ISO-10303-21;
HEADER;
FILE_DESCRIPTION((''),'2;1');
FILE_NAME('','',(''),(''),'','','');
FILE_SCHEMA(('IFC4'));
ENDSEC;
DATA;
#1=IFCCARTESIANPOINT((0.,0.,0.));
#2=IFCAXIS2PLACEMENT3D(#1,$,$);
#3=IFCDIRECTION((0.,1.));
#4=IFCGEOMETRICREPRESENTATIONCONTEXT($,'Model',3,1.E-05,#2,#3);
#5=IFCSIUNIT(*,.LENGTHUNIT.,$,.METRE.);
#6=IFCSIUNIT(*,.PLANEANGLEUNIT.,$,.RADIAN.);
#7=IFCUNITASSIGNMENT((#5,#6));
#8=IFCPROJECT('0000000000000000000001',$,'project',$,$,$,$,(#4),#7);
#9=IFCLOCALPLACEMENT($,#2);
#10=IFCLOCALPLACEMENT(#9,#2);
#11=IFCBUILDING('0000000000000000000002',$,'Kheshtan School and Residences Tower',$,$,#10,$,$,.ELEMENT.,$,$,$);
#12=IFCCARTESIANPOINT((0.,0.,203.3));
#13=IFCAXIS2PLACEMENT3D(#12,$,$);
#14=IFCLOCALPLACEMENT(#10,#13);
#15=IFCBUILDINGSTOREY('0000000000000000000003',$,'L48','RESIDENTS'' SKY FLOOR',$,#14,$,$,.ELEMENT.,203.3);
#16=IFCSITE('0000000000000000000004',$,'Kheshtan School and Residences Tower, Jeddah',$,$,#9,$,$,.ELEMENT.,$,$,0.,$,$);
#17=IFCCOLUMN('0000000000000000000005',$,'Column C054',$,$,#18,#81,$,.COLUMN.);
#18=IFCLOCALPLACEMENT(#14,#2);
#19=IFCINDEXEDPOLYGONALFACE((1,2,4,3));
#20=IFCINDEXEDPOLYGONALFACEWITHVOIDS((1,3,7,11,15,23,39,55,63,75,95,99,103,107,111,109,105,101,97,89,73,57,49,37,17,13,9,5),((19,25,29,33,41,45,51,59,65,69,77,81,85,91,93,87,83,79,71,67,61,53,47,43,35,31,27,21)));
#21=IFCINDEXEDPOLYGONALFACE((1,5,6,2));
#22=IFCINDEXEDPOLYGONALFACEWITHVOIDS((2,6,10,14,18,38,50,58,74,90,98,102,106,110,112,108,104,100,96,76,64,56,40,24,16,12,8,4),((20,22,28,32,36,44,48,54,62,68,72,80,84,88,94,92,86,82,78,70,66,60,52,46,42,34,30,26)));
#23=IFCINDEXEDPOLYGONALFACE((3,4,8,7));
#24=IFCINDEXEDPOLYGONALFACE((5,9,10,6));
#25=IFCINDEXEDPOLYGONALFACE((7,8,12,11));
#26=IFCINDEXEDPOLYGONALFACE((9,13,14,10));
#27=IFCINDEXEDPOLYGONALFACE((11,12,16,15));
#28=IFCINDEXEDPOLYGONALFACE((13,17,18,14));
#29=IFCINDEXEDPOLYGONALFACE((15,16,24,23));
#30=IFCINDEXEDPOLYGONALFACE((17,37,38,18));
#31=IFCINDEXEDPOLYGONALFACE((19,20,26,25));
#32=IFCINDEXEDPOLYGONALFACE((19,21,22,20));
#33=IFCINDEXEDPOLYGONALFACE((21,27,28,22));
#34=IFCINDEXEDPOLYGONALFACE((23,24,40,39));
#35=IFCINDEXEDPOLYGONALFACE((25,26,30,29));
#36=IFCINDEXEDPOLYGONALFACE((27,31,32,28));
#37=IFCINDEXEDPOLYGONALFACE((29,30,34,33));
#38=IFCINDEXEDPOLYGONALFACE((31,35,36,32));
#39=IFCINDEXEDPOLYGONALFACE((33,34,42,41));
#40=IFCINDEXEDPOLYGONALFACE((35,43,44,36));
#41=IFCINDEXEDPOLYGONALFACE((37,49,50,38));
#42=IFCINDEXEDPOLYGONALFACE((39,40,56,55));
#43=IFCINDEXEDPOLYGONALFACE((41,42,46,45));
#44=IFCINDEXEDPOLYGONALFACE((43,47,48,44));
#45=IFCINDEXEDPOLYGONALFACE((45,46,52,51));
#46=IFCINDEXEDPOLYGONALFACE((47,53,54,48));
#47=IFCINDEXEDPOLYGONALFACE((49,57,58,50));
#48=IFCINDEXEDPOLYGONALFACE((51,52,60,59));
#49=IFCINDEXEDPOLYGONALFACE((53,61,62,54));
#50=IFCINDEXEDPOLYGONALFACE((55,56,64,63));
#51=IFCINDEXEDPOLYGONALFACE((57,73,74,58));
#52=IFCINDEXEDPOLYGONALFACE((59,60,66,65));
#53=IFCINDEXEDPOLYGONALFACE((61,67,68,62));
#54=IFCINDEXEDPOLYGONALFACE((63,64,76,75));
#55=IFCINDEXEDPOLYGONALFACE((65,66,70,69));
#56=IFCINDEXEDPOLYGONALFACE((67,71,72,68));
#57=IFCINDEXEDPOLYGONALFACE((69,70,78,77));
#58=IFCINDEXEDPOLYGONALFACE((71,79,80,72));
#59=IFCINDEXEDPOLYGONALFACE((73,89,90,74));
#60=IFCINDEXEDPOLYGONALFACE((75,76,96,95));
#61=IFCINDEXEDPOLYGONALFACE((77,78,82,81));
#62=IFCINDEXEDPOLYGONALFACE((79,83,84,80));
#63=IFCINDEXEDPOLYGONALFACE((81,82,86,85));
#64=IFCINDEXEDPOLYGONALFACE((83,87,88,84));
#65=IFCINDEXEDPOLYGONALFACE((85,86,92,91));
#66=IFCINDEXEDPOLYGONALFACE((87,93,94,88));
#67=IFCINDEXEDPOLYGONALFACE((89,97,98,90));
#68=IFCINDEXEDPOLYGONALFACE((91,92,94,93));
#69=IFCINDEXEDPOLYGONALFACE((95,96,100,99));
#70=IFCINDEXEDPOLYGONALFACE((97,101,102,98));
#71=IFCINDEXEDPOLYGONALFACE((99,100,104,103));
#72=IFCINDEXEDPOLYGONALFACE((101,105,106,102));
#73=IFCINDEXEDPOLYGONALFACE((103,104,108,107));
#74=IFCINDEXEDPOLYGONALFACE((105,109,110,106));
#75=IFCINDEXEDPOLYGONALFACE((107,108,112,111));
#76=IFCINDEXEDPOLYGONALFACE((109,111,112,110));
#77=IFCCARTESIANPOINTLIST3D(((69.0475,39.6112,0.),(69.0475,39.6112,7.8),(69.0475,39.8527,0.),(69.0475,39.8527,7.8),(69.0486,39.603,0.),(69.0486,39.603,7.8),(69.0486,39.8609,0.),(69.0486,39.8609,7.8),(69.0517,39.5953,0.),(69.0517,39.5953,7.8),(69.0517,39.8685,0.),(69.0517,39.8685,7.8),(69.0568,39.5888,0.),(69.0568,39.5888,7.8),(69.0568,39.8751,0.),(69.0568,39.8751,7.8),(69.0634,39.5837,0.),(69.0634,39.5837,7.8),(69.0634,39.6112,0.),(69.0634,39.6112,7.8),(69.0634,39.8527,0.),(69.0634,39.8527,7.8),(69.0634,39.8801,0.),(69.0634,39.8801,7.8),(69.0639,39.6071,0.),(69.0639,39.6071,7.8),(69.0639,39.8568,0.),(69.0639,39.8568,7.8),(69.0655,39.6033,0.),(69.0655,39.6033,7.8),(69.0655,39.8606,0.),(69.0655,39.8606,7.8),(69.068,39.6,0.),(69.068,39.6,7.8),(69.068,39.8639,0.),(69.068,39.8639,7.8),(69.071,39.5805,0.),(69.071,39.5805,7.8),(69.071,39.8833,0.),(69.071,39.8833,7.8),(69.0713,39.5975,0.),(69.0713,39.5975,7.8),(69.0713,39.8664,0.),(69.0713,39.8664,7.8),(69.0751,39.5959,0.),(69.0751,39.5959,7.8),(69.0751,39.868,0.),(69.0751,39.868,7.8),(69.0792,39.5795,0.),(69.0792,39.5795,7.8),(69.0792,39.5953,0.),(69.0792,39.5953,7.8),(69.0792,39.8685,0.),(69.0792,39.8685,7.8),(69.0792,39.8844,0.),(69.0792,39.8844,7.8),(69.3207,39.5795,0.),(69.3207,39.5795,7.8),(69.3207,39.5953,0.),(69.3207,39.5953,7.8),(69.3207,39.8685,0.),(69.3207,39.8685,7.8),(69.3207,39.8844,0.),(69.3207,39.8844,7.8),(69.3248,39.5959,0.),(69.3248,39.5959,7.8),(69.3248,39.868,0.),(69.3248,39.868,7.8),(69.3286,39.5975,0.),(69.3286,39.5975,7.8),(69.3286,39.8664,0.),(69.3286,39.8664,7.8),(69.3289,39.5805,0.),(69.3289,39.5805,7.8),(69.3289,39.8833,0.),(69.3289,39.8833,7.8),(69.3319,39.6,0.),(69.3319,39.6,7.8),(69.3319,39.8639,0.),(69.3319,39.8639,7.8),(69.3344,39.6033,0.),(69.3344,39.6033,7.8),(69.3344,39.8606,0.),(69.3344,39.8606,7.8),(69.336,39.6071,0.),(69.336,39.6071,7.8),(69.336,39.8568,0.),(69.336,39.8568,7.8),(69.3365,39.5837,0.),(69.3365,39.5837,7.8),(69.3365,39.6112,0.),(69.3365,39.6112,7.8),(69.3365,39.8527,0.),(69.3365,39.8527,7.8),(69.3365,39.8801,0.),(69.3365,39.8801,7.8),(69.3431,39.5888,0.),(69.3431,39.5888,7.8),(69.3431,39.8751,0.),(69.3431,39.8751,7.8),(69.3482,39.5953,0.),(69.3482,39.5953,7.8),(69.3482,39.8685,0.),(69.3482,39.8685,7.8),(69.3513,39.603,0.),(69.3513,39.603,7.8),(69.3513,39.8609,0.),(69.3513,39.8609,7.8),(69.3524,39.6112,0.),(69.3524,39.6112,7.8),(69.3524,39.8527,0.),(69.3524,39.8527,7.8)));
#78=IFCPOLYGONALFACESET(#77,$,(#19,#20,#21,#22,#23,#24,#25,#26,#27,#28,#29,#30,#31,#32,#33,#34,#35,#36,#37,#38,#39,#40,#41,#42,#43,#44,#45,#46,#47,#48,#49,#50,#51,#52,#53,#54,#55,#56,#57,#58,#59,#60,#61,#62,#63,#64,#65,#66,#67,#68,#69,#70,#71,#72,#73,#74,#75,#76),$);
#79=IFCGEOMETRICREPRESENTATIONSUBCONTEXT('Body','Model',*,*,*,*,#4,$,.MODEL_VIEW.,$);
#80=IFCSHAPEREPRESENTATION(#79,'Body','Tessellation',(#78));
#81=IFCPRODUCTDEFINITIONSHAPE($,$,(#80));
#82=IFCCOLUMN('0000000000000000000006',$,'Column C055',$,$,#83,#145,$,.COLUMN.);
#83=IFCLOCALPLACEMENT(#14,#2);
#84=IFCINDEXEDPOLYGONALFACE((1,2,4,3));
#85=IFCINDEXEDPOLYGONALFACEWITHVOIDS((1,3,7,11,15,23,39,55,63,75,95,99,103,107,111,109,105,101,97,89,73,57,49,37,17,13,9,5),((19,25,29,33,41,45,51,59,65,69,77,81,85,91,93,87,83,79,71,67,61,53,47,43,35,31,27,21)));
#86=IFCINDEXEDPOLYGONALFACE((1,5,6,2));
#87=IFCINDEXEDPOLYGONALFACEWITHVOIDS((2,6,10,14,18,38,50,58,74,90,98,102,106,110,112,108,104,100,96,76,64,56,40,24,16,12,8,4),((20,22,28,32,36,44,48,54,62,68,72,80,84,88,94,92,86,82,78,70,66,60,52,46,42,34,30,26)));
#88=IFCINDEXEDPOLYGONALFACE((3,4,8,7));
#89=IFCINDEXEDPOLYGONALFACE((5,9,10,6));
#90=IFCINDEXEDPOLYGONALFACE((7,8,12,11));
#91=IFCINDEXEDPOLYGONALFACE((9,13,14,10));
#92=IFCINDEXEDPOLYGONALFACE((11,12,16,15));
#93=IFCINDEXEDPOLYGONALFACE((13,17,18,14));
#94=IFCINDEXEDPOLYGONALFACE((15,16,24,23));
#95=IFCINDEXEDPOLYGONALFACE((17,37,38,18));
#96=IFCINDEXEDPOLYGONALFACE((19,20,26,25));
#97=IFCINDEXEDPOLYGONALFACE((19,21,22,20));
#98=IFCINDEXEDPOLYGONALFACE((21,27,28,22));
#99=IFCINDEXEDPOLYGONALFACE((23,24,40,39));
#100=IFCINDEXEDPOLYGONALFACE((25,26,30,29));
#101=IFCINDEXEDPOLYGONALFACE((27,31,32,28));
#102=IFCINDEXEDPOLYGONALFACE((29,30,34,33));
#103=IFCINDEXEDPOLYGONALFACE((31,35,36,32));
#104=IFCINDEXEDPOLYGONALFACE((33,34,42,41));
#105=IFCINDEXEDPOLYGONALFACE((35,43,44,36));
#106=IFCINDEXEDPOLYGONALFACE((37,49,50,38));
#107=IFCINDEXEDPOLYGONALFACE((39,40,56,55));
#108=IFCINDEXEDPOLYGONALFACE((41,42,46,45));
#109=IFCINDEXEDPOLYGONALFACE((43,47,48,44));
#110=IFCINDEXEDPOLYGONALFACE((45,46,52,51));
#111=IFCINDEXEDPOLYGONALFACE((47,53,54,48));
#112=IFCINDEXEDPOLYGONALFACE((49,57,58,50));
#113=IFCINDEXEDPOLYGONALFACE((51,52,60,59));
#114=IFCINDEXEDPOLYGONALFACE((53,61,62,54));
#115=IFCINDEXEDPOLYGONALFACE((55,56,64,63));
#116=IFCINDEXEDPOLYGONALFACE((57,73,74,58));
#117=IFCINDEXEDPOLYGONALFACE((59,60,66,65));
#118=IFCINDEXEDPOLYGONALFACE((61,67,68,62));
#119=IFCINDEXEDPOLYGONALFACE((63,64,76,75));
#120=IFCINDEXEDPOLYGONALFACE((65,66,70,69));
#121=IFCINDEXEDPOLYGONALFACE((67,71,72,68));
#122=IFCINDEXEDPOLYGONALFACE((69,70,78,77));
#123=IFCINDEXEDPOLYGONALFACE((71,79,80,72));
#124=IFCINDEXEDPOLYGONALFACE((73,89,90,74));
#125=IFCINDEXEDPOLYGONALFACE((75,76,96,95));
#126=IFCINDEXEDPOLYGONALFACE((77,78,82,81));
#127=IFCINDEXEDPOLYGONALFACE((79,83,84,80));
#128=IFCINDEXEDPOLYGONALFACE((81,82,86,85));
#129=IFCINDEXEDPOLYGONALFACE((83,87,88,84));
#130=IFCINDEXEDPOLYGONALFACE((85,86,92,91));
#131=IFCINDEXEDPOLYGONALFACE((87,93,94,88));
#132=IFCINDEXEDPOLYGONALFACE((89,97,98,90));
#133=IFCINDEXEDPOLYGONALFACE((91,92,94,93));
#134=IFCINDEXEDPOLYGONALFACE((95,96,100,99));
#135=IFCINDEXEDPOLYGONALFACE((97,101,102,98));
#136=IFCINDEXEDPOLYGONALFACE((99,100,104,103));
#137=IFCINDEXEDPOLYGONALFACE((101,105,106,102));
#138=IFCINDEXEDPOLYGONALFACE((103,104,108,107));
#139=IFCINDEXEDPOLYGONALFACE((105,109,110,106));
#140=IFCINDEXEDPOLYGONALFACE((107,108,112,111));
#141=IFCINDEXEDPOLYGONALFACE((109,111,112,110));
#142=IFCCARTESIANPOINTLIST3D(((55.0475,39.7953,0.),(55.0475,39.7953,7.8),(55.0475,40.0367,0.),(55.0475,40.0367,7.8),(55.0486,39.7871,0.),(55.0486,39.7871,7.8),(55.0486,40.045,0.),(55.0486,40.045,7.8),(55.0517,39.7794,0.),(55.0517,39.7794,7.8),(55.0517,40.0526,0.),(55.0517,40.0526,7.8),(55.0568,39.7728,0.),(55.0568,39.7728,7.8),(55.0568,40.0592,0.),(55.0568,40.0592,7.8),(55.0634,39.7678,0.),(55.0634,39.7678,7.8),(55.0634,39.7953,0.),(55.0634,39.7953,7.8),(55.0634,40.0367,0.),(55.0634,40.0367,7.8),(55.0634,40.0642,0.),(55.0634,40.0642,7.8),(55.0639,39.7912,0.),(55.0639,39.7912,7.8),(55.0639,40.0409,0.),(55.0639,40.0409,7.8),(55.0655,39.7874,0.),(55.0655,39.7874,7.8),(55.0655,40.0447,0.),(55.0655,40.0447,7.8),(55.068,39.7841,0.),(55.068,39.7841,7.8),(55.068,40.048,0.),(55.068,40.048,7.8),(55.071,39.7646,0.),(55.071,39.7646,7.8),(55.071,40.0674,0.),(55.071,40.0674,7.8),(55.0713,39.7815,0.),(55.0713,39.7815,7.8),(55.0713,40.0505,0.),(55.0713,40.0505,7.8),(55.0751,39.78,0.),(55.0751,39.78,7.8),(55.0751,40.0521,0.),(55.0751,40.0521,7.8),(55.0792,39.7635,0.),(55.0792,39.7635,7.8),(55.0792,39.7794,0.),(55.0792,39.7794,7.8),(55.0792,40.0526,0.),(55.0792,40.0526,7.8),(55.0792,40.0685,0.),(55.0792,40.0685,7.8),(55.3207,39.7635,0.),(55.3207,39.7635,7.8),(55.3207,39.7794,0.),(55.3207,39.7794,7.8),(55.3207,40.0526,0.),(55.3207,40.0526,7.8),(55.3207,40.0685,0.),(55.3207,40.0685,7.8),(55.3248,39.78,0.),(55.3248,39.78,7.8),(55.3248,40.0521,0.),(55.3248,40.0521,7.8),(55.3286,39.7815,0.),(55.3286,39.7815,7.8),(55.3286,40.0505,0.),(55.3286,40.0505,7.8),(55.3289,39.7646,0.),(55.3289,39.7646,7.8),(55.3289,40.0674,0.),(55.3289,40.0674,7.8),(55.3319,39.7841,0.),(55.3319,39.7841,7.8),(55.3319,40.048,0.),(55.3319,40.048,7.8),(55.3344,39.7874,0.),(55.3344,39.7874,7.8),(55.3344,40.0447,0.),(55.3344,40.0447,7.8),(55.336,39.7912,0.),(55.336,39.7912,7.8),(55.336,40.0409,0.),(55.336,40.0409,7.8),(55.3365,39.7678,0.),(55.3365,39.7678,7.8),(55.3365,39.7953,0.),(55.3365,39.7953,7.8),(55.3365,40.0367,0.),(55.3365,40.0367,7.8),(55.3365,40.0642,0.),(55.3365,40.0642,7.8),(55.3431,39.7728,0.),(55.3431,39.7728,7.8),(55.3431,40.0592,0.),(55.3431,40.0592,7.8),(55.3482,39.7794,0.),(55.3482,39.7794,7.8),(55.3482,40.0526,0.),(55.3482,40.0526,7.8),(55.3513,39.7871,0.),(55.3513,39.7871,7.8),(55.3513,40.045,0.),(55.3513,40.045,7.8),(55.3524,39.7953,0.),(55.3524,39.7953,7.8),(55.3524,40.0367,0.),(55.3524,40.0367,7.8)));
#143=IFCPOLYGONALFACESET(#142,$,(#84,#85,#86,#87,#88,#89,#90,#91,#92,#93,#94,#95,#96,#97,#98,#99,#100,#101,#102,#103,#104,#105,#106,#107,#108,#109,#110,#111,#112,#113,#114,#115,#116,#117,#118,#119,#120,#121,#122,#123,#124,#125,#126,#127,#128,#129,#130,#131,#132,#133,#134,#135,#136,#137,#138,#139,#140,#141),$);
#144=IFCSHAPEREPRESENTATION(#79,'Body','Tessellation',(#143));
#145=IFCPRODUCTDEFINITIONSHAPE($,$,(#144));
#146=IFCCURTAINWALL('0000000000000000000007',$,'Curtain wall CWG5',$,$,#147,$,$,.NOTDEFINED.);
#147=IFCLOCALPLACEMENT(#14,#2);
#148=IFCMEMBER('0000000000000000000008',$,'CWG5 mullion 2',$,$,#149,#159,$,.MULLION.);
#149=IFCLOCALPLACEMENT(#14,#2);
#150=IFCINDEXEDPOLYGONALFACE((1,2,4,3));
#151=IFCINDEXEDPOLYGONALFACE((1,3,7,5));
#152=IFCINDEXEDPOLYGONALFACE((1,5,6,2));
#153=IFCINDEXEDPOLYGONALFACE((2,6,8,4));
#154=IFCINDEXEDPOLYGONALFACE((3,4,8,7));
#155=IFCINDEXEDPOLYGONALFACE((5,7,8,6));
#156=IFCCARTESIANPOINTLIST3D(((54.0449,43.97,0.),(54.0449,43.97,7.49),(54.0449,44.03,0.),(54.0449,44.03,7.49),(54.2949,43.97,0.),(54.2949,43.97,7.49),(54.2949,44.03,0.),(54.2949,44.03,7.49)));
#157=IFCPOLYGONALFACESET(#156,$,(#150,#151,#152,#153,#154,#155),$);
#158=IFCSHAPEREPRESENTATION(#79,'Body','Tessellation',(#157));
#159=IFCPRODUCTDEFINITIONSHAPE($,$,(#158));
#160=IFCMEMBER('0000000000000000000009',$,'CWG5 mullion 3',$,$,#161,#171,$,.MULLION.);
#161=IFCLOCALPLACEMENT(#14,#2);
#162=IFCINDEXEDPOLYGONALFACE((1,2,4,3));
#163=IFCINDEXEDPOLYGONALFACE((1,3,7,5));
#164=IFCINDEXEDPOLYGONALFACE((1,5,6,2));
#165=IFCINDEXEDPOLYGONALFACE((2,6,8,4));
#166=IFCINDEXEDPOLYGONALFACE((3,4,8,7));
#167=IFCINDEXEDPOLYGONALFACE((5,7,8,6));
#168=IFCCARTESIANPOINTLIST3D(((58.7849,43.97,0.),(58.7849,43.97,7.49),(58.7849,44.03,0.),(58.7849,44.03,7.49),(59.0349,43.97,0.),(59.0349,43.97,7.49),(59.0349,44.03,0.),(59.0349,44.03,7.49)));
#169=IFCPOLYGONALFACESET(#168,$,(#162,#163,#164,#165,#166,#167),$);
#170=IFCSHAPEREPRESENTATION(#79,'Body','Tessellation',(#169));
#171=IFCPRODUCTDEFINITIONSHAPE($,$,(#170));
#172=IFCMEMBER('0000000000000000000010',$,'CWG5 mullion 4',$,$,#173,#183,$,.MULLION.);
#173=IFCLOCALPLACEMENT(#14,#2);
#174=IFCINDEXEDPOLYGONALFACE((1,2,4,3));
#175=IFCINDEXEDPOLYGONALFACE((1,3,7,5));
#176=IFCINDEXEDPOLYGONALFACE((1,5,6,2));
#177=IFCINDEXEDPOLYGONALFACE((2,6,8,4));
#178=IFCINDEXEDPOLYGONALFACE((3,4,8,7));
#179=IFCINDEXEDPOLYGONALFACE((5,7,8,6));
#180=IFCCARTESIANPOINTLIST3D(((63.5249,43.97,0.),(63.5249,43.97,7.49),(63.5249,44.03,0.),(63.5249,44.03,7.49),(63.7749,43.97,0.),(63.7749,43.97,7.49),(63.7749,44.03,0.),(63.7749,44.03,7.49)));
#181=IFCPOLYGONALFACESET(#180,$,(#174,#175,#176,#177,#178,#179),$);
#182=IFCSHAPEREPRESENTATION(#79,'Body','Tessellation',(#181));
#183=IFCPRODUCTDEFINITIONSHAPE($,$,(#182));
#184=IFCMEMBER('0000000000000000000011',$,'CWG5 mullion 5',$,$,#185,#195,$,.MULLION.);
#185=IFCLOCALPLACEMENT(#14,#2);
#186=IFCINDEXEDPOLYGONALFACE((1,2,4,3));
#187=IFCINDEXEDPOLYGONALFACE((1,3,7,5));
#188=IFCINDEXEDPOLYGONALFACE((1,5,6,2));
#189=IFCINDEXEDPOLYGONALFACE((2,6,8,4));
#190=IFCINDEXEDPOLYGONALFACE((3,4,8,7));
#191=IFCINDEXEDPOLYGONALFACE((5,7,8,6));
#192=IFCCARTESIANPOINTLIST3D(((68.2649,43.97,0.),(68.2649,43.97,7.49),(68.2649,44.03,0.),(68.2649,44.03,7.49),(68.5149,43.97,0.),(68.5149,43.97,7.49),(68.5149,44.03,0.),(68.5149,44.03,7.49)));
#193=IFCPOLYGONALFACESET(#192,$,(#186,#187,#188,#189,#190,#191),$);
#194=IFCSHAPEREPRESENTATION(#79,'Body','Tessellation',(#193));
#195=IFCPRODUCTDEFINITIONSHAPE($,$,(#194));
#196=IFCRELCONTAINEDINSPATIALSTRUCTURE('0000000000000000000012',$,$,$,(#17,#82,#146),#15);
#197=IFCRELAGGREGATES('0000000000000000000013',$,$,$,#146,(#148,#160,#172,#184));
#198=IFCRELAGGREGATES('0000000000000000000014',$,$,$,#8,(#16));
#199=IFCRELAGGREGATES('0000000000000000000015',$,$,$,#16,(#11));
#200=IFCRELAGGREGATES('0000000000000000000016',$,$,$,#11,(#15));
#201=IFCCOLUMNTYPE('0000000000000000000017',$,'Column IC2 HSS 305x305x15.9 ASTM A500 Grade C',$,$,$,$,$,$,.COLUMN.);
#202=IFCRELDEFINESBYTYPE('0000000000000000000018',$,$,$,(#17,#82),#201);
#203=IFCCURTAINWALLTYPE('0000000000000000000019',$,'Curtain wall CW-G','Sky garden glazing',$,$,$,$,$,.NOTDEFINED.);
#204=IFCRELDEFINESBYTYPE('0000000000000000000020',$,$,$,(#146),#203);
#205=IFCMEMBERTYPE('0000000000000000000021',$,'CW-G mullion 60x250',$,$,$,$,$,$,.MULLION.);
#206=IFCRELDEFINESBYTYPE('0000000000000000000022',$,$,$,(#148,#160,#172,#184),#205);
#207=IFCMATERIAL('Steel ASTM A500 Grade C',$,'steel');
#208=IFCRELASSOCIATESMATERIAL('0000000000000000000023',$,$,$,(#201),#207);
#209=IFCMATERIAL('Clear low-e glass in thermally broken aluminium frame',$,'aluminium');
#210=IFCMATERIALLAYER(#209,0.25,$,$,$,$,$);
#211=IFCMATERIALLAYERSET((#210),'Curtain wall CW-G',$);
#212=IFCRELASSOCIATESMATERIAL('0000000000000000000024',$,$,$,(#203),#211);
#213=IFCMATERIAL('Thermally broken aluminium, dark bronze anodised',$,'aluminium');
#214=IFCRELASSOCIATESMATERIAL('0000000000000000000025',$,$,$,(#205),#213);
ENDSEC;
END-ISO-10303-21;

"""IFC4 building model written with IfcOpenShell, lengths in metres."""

from ifc_helpers import new_model, si_unit, direction, frame, origin, origin_2d, place, context, subcontext, project, spatial, rectangle, hollow_rectangle, extrude, material, layer, layer_set, material_profile, profile_set, type_object, element, aggregate, save


model = new_model("IFC4")

# Units and contexts
model_context = context("Model", 3, precision=1e-05, world=origin(), true_north=direction((0.0, 1.0)))
body_context = subcontext(model_context, "Body", "Model", "MODEL_VIEW")
ifc_project = project(units=[si_unit("LENGTHUNIT", "METRE"), si_unit("PLANEANGLEUNIT", "RADIAN")], contexts=[model_context])

# Site, building, storey
site_placement = place(None, origin())
site = spatial("IfcSite", under=ifc_project, at=site_placement, Name="Kheshtan School and Residences Tower, Jeddah", CompositionType="ELEMENT", RefElevation=0.0)
building_placement = place(site_placement, origin())
building = spatial("IfcBuilding", under=site, at=building_placement, Name="Kheshtan School and Residences Tower", CompositionType="ELEMENT")
storey_placement = place(building_placement, frame((0.0, 0.0, 203.3)))
storey = spatial("IfcBuildingStorey", under=building, at=storey_placement, Name="L48", Description="RESIDENTS' SKY FLOOR", CompositionType="ELEMENT", Elevation=203.3)

# Columns
ifc_material_1 = material(Name="Steel ASTM A500 Grade C", Category="steel")
ifc_material_profile_1 = material_profile(ifc_material_1, hollow_rectangle(XDim=0.3049, YDim=0.3049, WallThickness=0.0159, InnerFilletRadius=0.0159, OuterFilletRadius=0.0317, at=origin_2d()), Name="HSS 305x305x15.9")
ifc_profile_set_1 = profile_set([ifc_material_profile_1], Name="Steel ASTM A500 Grade C")
column_type = type_object("IfcColumnType", Name="Column IC2 HSS 305x305x15.9 ASTM A500 Grade C", PredefinedType="COLUMN", material=ifc_profile_set_1)
for number, where, z_axis, x_axis, name in (
    (1, (69.2, 39.7319, 0.0), (0.0, 0.0, 1.0), (1.0, 0.0, 0.0), "Column C054"),
    (2, (55.2, 39.916, 0.0), (0.0, 0.0, 1.0), (1.0, 0.0, 0.0), "Column C055"),
):
    element("IfcColumn", number, at=place(storey_placement, frame(where, z_axis=z_axis, x_axis=x_axis)), inside=storey, type_object=column_type, Name=name, PredefinedType="COLUMN", context=body_context, shape_type="SweptSolid", body=[
        extrude(hollow_rectangle(XDim=0.3049, YDim=0.3049, WallThickness=0.0159, InnerFilletRadius=0.0159, OuterFilletRadius=0.0317, at=origin_2d()), origin(), (0.0, 0.0, 1.0), 7.8),
    ])

# Curtain wall, members
ifc_material_2 = material(Name="Clear low-e glass in thermally broken aluminium frame", Category="aluminium")
ifc_layer_1 = layer(ifc_material_2, 0.25)
ifc_layer_set_1 = layer_set([ifc_layer_1], Name="Curtain wall CW-G")
curtain_wall_type_1 = type_object("IfcCurtainWallType", Name="Curtain wall CW-G", Description="Sky garden glazing", PredefinedType="NOTDEFINED", material=ifc_layer_set_1)
curtain_wall_1_placement = place(storey_placement, origin())
curtain_wall_1 = element("IfcCurtainWall", 3, at=curtain_wall_1_placement, inside=storey, type_object=curtain_wall_type_1, Name="Curtain wall CWG5", PredefinedType="NOTDEFINED")
ifc_material_3 = material(Name="Thermally broken aluminium, dark bronze anodised", Category="aluminium")
ifc_material_profile_2 = material_profile(ifc_material_3, rectangle(XDim=0.0601, YDim=0.25, at=origin_2d()), Name="CW-G mullion 60x250")
ifc_profile_set_2 = profile_set([ifc_material_profile_2], Name="Thermally broken aluminium, dark bronze anodised")
member_type_1 = type_object("IfcMemberType", Name="CW-G mullion 60x250", PredefinedType="MULLION", material=ifc_profile_set_2)
member_1_placement = place(storey_placement, frame((54.1699, 44.0, 0.0), z_axis=(0.0, 0.0, 1.0), x_axis=(0.0, 1.0, 0.0)))
member_1 = element("IfcMember", 4, at=member_1_placement, type_object=member_type_1, Name="CWG5 mullion 2", PredefinedType="MULLION", context=body_context, shape_type="SweptSolid", body=[
    extrude(rectangle(XDim=0.0601, YDim=0.25, at=origin_2d()), origin(), (0.0, 0.0, 1.0), 7.49),
])
member_2_placement = place(storey_placement, frame((58.9099, 44.0, 0.0), z_axis=(0.0, 0.0, 1.0), x_axis=(0.0, 1.0, 0.0)))
member_2 = element("IfcMember", 5, at=member_2_placement, type_object=member_type_1, Name="CWG5 mullion 3", PredefinedType="MULLION", context=body_context, shape_type="SweptSolid", body=[
    extrude(rectangle(XDim=0.0601, YDim=0.25, at=origin_2d()), origin(), (0.0, 0.0, 1.0), 7.49),
])
member_3_placement = place(storey_placement, frame((63.6499, 44.0, 0.0), z_axis=(0.0, 0.0, 1.0), x_axis=(0.0, 1.0, 0.0)))
member_3 = element("IfcMember", 6, at=member_3_placement, type_object=member_type_1, Name="CWG5 mullion 4", PredefinedType="MULLION", context=body_context, shape_type="SweptSolid", body=[
    extrude(rectangle(XDim=0.0601, YDim=0.25, at=origin_2d()), origin(), (0.0, 0.0, 1.0), 7.49),
])
member_4_placement = place(storey_placement, frame((68.3899, 44.0, 0.0), z_axis=(0.0, 0.0, 1.0), x_axis=(0.0, 1.0, 0.0)))
member_4 = element("IfcMember", 7, at=member_4_placement, type_object=member_type_1, Name="CWG5 mullion 5", PredefinedType="MULLION", context=body_context, shape_type="SweptSolid", body=[
    extrude(rectangle(XDim=0.0601, YDim=0.25, at=origin_2d()), origin(), (0.0, 0.0, 1.0), 7.49),
])

aggregate(curtain_wall_1, [member_1, member_2, member_3, member_4])

save(model, "model.ifc")
